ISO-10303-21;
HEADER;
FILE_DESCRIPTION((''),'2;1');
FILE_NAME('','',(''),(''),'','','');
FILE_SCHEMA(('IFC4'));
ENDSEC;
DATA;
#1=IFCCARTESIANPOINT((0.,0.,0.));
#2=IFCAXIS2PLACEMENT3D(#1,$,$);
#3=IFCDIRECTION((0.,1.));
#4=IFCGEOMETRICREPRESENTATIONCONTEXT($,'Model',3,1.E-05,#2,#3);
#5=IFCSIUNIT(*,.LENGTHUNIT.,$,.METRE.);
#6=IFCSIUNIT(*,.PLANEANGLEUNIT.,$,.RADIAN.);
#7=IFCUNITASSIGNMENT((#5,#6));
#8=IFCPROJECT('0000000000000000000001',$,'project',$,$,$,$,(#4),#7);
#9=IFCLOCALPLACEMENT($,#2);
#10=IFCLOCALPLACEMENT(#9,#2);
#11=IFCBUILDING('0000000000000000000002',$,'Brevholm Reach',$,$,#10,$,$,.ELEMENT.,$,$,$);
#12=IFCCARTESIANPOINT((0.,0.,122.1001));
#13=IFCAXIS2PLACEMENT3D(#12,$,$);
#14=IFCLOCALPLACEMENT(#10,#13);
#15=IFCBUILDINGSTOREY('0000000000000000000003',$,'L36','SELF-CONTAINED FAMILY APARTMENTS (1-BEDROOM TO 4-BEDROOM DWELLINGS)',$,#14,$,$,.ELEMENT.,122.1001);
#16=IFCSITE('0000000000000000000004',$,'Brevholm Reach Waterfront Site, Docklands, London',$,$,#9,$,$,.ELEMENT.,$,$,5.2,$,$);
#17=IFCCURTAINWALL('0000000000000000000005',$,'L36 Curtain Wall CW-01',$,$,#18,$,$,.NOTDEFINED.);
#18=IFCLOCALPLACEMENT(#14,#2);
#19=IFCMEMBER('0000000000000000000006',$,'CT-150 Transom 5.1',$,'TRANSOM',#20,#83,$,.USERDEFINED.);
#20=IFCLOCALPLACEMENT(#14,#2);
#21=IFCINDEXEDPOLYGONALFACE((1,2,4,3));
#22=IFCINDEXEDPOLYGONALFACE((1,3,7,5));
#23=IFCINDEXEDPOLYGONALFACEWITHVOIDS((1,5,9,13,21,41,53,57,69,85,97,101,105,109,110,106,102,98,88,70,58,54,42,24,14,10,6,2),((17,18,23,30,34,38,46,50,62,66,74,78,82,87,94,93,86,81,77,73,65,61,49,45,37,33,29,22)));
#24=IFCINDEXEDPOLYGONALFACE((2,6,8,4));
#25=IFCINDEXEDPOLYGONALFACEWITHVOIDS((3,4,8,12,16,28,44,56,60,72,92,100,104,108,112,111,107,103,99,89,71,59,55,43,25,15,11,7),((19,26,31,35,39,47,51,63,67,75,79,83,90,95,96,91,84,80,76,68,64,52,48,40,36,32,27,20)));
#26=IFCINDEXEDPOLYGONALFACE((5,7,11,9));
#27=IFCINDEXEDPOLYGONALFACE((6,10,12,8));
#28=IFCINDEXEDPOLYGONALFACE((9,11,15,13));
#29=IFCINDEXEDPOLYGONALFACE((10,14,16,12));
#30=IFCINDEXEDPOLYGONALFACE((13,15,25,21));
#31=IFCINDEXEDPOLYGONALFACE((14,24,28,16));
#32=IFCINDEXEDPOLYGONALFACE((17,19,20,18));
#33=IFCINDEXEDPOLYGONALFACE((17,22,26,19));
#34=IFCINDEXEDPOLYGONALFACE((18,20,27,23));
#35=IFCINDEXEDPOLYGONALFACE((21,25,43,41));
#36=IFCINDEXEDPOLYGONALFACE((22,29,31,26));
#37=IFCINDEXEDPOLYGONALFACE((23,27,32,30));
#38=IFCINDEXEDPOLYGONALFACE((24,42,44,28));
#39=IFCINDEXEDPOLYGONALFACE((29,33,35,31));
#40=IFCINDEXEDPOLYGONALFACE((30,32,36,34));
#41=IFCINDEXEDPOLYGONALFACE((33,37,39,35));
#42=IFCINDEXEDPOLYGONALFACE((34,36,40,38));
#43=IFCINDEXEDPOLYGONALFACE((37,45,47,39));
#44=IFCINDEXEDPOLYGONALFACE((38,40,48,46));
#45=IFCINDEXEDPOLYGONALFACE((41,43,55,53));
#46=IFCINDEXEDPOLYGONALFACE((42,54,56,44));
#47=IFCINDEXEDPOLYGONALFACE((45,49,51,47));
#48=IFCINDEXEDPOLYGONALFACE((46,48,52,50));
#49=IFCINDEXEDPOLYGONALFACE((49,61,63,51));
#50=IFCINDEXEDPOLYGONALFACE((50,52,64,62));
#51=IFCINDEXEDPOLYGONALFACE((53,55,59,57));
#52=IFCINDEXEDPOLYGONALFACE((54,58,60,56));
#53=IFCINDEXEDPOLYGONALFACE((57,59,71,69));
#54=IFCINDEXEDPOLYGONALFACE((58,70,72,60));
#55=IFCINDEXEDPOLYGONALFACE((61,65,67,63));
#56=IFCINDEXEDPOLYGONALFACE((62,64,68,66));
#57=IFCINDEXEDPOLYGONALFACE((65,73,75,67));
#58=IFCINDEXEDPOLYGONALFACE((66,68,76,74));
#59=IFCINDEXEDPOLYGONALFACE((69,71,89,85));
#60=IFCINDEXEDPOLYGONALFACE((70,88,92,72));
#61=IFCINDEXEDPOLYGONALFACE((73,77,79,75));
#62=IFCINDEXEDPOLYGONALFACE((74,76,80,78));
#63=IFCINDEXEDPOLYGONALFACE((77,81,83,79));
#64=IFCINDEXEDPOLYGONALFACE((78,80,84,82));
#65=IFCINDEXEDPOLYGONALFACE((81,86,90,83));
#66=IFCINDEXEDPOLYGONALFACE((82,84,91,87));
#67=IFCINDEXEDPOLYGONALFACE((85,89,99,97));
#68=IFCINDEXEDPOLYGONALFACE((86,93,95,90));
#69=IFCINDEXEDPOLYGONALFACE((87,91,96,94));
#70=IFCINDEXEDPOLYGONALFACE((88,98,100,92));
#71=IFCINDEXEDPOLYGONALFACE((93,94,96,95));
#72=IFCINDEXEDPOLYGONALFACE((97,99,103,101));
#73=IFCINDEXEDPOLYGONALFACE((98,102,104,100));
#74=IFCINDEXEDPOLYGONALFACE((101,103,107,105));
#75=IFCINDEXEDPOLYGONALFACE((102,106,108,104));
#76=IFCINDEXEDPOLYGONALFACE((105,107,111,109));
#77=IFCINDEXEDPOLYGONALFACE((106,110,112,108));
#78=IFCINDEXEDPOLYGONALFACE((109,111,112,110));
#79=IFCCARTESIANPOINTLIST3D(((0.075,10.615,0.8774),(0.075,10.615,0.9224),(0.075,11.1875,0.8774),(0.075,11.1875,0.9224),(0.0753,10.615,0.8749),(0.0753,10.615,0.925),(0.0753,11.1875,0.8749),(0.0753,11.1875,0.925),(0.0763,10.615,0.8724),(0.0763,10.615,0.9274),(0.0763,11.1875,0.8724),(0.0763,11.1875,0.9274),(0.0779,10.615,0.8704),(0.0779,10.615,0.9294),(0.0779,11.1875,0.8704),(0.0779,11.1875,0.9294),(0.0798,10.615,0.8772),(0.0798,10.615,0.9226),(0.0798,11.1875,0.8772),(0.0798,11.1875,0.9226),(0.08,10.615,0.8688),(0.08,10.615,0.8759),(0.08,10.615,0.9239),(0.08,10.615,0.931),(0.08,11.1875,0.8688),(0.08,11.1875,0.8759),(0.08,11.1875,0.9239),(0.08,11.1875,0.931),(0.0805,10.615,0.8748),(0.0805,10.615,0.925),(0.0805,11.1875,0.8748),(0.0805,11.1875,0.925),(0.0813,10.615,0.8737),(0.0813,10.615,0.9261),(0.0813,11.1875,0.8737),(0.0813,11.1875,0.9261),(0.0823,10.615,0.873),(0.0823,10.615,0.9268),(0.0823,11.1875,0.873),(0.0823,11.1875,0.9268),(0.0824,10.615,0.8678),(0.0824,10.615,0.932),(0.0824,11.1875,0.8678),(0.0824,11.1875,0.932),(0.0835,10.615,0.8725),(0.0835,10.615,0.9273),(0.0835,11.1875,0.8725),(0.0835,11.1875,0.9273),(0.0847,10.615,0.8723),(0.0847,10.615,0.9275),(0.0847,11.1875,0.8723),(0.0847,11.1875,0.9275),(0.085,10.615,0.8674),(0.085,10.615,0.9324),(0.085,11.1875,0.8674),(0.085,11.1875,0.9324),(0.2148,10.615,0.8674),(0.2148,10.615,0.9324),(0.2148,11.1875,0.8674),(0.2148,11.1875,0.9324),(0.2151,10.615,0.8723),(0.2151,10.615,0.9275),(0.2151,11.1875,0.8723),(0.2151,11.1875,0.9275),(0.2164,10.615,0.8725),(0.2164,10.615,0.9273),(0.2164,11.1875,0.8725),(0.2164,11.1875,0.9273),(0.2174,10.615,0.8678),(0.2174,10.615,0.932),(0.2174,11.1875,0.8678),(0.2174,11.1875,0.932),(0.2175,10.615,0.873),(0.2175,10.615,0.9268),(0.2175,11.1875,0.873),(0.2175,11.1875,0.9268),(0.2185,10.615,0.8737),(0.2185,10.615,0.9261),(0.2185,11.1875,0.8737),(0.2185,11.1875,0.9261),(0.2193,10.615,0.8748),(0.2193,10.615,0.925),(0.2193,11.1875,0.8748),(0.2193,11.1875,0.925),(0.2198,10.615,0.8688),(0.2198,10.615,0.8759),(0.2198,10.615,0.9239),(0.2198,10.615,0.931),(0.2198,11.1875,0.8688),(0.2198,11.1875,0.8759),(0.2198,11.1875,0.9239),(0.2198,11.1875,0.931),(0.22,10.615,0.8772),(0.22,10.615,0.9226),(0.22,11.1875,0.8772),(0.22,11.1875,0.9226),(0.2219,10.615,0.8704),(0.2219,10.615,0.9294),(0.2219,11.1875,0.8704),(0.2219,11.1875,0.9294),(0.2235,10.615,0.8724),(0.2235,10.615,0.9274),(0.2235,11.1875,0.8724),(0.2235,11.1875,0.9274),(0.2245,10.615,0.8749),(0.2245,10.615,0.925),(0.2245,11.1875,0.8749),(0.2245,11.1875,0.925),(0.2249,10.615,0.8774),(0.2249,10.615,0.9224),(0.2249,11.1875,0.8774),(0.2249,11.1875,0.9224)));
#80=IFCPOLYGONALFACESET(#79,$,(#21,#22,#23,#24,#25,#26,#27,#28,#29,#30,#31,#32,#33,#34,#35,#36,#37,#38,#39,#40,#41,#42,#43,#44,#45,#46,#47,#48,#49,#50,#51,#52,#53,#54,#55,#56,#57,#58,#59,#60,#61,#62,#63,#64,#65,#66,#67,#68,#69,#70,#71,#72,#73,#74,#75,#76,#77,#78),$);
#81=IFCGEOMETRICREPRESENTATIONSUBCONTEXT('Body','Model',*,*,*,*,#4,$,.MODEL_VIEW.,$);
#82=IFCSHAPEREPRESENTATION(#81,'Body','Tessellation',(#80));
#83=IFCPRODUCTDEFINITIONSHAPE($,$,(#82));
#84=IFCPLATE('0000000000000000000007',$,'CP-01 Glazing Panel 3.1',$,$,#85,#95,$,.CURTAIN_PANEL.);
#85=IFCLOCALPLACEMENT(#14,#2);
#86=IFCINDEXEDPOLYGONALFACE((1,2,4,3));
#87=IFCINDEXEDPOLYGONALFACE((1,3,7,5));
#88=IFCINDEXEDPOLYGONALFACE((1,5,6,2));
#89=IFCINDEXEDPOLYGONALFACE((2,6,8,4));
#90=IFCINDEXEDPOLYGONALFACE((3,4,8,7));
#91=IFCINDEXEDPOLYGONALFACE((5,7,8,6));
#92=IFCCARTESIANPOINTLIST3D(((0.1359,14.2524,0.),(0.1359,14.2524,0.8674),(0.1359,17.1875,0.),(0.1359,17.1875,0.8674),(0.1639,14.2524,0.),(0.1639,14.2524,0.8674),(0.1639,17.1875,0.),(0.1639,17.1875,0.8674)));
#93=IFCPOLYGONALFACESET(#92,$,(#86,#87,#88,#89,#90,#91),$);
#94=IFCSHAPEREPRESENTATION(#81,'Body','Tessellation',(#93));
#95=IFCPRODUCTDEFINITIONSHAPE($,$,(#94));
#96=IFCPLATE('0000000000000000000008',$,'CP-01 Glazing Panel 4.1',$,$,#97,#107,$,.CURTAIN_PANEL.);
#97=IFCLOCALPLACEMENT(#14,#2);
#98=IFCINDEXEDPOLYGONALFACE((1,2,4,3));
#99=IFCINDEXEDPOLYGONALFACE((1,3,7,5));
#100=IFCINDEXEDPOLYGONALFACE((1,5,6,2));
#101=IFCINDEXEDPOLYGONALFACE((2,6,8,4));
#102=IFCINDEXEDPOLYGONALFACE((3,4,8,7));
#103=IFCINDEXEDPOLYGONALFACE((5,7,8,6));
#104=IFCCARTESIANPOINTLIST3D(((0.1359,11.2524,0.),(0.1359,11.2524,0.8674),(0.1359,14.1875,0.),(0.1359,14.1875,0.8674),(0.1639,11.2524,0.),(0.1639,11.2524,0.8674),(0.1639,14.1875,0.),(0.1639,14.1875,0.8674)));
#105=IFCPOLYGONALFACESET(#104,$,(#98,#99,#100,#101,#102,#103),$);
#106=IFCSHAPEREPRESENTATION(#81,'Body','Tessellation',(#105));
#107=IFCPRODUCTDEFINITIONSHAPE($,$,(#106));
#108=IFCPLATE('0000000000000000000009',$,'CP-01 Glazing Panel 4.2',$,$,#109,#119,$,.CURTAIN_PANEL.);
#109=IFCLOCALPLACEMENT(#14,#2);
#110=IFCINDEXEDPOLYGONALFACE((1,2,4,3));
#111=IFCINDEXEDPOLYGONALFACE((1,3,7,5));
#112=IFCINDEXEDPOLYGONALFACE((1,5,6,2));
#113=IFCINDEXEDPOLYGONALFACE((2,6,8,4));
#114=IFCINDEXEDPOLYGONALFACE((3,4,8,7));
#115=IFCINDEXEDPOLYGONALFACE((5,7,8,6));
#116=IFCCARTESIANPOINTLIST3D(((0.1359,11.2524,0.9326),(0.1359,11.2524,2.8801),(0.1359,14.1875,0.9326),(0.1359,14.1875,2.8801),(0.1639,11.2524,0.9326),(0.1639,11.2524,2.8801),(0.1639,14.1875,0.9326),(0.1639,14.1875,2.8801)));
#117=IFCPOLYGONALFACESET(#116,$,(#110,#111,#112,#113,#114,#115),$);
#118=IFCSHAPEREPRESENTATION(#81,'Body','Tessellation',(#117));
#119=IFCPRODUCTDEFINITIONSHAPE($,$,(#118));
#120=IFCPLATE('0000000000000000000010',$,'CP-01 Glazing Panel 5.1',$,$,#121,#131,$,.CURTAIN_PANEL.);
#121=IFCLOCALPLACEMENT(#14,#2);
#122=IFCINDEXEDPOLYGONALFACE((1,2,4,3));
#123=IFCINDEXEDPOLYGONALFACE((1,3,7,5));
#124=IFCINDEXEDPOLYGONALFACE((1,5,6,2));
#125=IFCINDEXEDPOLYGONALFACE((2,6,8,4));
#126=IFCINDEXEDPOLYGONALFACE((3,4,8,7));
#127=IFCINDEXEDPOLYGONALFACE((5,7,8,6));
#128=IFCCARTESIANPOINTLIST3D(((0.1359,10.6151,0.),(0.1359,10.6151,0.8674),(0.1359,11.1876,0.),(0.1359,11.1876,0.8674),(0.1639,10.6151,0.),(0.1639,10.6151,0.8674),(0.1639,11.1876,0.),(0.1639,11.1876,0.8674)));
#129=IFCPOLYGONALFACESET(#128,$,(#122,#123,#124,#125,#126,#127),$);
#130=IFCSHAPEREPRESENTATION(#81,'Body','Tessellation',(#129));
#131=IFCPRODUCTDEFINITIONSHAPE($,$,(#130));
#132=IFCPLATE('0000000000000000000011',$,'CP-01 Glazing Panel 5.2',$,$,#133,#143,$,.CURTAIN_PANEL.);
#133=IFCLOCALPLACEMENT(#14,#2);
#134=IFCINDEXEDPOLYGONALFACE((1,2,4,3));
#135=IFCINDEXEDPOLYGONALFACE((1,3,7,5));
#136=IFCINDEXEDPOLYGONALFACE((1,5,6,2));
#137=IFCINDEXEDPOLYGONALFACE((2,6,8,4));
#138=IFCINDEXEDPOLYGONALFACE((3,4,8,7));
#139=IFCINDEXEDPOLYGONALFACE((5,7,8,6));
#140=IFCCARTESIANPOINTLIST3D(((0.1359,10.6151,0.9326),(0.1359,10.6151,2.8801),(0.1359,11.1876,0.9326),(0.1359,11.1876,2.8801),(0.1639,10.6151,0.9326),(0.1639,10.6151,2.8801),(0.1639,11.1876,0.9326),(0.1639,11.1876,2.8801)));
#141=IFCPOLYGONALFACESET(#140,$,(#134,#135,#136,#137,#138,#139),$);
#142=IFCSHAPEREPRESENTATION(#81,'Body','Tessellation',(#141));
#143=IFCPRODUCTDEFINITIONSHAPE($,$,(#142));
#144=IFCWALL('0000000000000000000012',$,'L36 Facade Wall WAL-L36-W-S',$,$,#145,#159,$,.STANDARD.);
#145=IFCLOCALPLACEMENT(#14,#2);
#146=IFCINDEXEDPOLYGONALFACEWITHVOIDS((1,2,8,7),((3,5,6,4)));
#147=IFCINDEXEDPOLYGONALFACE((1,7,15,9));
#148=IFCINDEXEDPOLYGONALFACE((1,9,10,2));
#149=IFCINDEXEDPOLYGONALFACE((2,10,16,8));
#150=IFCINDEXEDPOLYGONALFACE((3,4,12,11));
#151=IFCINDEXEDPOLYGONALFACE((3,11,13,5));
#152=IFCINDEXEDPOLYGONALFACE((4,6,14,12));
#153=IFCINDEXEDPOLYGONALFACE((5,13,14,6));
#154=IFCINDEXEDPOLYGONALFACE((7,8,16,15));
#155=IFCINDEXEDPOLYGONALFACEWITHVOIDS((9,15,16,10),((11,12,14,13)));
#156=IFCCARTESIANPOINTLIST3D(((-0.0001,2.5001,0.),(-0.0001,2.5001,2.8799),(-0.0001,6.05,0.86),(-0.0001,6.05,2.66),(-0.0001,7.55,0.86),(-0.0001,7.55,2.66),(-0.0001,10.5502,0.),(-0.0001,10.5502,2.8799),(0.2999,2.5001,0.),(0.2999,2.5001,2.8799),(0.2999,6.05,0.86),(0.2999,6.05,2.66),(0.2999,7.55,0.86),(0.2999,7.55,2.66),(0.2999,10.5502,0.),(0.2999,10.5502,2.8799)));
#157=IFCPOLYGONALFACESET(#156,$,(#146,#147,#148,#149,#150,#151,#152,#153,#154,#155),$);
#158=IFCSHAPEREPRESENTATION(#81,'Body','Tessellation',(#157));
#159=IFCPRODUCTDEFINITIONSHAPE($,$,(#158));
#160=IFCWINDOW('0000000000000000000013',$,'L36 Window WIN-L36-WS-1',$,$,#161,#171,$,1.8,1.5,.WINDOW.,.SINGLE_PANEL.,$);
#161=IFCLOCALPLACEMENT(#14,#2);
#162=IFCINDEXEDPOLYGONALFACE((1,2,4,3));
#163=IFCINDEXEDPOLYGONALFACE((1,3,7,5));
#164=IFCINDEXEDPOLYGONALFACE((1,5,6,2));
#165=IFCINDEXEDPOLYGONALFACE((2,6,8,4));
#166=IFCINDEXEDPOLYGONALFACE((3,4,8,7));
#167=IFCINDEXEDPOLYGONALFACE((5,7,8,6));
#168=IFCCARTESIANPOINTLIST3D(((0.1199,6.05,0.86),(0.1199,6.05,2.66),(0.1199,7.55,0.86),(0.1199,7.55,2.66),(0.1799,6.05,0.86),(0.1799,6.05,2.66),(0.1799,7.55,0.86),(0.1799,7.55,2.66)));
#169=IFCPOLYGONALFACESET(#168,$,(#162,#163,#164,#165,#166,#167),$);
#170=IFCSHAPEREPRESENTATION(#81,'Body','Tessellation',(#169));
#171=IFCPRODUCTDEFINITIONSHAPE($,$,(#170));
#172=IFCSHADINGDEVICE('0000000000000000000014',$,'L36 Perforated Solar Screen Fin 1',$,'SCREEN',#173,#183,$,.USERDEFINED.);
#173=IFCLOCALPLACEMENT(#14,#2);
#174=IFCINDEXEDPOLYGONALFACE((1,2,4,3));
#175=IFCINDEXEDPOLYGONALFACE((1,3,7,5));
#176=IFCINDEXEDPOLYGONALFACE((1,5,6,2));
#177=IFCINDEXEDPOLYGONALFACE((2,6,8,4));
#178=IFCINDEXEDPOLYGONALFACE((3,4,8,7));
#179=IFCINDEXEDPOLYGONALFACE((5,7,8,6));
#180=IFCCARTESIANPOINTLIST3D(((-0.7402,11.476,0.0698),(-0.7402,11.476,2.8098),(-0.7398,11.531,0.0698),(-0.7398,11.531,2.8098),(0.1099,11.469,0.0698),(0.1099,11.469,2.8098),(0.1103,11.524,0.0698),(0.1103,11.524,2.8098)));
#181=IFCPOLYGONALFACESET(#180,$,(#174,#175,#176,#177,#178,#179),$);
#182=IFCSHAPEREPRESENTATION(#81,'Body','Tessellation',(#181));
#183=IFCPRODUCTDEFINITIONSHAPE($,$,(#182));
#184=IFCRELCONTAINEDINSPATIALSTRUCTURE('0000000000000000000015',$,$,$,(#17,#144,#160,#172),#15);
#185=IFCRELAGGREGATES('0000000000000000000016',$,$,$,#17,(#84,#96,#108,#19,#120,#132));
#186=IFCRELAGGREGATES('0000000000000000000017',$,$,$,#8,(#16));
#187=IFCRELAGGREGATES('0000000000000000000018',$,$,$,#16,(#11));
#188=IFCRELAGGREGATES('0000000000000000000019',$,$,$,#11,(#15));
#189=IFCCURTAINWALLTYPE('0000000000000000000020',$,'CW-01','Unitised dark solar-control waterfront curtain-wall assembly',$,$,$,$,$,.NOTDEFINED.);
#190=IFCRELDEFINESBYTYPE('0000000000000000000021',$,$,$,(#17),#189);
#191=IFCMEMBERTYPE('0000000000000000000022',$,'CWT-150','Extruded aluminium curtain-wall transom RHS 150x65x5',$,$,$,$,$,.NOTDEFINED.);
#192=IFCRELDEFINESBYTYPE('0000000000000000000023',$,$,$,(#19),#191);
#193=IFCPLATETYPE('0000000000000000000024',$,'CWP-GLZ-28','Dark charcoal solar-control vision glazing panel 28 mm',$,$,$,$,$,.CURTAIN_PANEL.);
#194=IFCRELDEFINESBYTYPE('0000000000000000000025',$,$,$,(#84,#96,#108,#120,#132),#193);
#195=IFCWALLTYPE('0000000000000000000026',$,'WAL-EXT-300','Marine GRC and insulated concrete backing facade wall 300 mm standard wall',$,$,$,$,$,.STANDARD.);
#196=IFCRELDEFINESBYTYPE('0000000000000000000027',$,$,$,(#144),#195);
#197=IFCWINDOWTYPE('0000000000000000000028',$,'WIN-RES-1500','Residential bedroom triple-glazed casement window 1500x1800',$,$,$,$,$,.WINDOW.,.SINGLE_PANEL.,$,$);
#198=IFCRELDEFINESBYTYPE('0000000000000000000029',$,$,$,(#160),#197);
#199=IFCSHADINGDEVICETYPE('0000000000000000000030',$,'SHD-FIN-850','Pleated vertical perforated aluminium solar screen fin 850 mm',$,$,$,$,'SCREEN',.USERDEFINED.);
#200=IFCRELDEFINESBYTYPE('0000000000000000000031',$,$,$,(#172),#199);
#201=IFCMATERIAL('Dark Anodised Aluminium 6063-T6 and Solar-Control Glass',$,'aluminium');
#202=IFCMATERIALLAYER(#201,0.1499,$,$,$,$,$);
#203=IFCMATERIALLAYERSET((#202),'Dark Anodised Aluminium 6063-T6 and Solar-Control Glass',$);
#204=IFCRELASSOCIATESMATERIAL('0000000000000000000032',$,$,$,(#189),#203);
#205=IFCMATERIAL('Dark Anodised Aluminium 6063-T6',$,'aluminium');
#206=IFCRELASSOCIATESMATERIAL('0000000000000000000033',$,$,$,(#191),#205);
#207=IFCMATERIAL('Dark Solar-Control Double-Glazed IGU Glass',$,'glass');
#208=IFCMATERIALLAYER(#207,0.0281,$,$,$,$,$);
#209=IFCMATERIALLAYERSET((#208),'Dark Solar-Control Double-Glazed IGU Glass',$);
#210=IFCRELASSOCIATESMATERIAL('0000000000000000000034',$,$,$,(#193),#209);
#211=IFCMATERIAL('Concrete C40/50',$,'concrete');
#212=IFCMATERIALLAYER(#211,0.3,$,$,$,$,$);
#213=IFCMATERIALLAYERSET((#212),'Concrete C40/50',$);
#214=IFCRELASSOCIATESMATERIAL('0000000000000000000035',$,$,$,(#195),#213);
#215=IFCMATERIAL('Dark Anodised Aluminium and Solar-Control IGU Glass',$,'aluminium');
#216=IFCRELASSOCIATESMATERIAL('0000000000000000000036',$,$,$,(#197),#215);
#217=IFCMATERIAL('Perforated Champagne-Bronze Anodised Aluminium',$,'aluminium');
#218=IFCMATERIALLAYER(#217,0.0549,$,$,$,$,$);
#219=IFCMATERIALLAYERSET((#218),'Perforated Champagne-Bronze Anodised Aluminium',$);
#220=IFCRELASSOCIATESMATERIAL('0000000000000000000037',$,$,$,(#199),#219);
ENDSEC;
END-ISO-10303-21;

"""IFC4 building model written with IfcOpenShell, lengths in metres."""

from ifc_helpers import new_model, si_unit, direction, frame, frame_2d, origin, origin_2d, place, context, subcontext, project, spatial, rectangle, hollow_rectangle, extrude, material, layer, layer_set, material_profile, profile_set, type_object, element, fill, aggregate, save


model = new_model("IFC4")

# Units and contexts
model_context = context("Model", 3, precision=1e-05, world=origin(), true_north=direction((0.0, 1.0)))
body_context = subcontext(model_context, "Body", "Model", "MODEL_VIEW")
ifc_project = project(units=[si_unit("LENGTHUNIT", "METRE"), si_unit("PLANEANGLEUNIT", "RADIAN")], contexts=[model_context])

# Site, building, storey
site_placement = place(None, origin())
site = spatial("IfcSite", under=ifc_project, at=site_placement, Name="Brevholm Reach Waterfront Site, Docklands, London", CompositionType="ELEMENT", RefElevation=5.2)
building_placement = place(site_placement, origin())
building = spatial("IfcBuilding", under=site, at=building_placement, Name="Brevholm Reach", CompositionType="ELEMENT")
storey_placement = place(building_placement, frame((0.0, 0.0, 122.1001)))
storey = spatial("IfcBuildingStorey", under=building, at=storey_placement, Name="L36", Description="SELF-CONTAINED FAMILY APARTMENTS (1-BEDROOM TO 4-BEDROOM DWELLINGS)", CompositionType="ELEMENT", Elevation=122.1001)

# Curtain wall, member, plates
ifc_material_1 = material(Name="Dark Anodised Aluminium 6063-T6 and Solar-Control Glass", Category="aluminium")
ifc_layer_1 = layer(ifc_material_1, 0.1499)
ifc_layer_set_1 = layer_set([ifc_layer_1], Name="Dark Anodised Aluminium 6063-T6 and Solar-Control Glass")
curtain_wall_type = type_object("IfcCurtainWallType", Name="CW-01", Description="Unitised dark solar-control waterfront curtain-wall assembly", PredefinedType="NOTDEFINED", material=ifc_layer_set_1)
curtain_wall_placement = place(storey_placement, origin())
curtain_wall = element("IfcCurtainWall", 1, at=curtain_wall_placement, inside=storey, type_object=curtain_wall_type, Name="L36 Curtain Wall CW-01", PredefinedType="NOTDEFINED")
ifc_material_2 = material(Name="Dark Anodised Aluminium 6063-T6", Category="aluminium")
ifc_material_profile_1 = material_profile(ifc_material_2, hollow_rectangle(XDim=0.0649, YDim=0.1499, WallThickness=0.0049, InnerFilletRadius=0.0049, OuterFilletRadius=0.01, at=origin_2d()), Name="RHS 150x65x5")
ifc_profile_set_1 = profile_set([ifc_material_profile_1], Name="Dark Anodised Aluminium 6063-T6")
member_type_1 = type_object("IfcMemberType", Name="CWT-150", Description="Extruded aluminium curtain-wall transom RHS 150x65x5", PredefinedType="NOTDEFINED", material=ifc_profile_set_1)
member_1_placement = place(storey_placement, frame((0.1499, 11.1875, 0.8999), z_axis=(0.0, -1.0, 0.0), x_axis=(0.0, 0.0, 1.0)))
member_1 = element("IfcMember", 2, at=member_1_placement, type_object=member_type_1, Name="CT-150 Transom 5.1", ObjectType="TRANSOM", PredefinedType="USERDEFINED", context=body_context, shape_type="SweptSolid", body=[
    extrude(hollow_rectangle(XDim=0.0649, YDim=0.1499, WallThickness=0.0049, InnerFilletRadius=0.0049, OuterFilletRadius=0.01, at=origin_2d()), origin(), (0.0, 0.0, 1.0), 0.5725),
])
ifc_material_3 = material(Name="Dark Solar-Control Double-Glazed IGU Glass", Category="glass")
ifc_layer_2 = layer(ifc_material_3, 0.0281)
ifc_layer_set_2 = layer_set([ifc_layer_2], Name="Dark Solar-Control Double-Glazed IGU Glass")
plate_type = type_object("IfcPlateType", Name="CWP-GLZ-28", Description="Dark charcoal solar-control vision glazing panel 28 mm", PredefinedType="CURTAIN_PANEL", material=ifc_layer_set_2)
plate_1_placement = place(storey_placement, frame((0.1499, 15.72, 0.0), z_axis=(0.0, 0.0, 1.0), x_axis=(0.0, -1.0, 0.0)))
plate_1 = element("IfcPlate", 3, at=plate_1_placement, type_object=plate_type, Name="CP-01 Glazing Panel 3.1", PredefinedType="CURTAIN_PANEL", context=body_context, shape_type="SweptSolid", body=[
    extrude(rectangle(XDim=2.9351, YDim=0.0281, at=origin_2d()), origin(), (0.0, 0.0, 1.0), 0.8674),
])
plate_2_placement = place(storey_placement, frame((0.1499, 12.72, 0.0), z_axis=(0.0, 0.0, 1.0), x_axis=(0.0, -1.0, 0.0)))
plate_2 = element("IfcPlate", 4, at=plate_2_placement, type_object=plate_type, Name="CP-01 Glazing Panel 4.1", PredefinedType="CURTAIN_PANEL", context=body_context, shape_type="SweptSolid", body=[
    extrude(rectangle(XDim=2.9351, YDim=0.0281, at=origin_2d()), origin(), (0.0, 0.0, 1.0), 0.8674),
])
plate_3_placement = place(storey_placement, frame((0.1499, 12.72, 0.9326), z_axis=(0.0, 0.0, 1.0), x_axis=(0.0, -1.0, 0.0)))
plate_3 = element("IfcPlate", 5, at=plate_3_placement, type_object=plate_type, Name="CP-01 Glazing Panel 4.2", PredefinedType="CURTAIN_PANEL", context=body_context, shape_type="SweptSolid", body=[
    extrude(rectangle(XDim=2.9351, YDim=0.0281, at=origin_2d()), origin(), (0.0, 0.0, 1.0), 1.9475),
])
plate_4_placement = place(storey_placement, frame((0.1499, 10.9014, 0.0), z_axis=(0.0, 0.0, 1.0), x_axis=(0.0, -1.0, 0.0)))
plate_4 = element("IfcPlate", 6, at=plate_4_placement, type_object=plate_type, Name="CP-01 Glazing Panel 5.1", PredefinedType="CURTAIN_PANEL", context=body_context, shape_type="SweptSolid", body=[
    extrude(rectangle(XDim=0.5725, YDim=0.0281, at=origin_2d()), origin(), (0.0, 0.0, 1.0), 0.8674),
])
plate_5_placement = place(storey_placement, frame((0.1499, 10.9014, 0.9326), z_axis=(0.0, 0.0, 1.0), x_axis=(0.0, -1.0, 0.0)))
plate_5 = element("IfcPlate", 7, at=plate_5_placement, type_object=plate_type, Name="CP-01 Glazing Panel 5.2", PredefinedType="CURTAIN_PANEL", context=body_context, shape_type="SweptSolid", body=[
    extrude(rectangle(XDim=0.5725, YDim=0.0281, at=origin_2d()), origin(), (0.0, 0.0, 1.0), 1.9475),
])
aggregate(curtain_wall, [plate_1, plate_2, plate_3, member_1, plate_4, plate_5])

# Wall, opening, window
ifc_material_4 = material(Name="Concrete C40/50", Category="concrete")
ifc_layer_3 = layer(ifc_material_4, 0.3)
ifc_layer_set_3 = layer_set([ifc_layer_3], Name="Concrete C40/50")
wall_type = type_object("IfcWallType", Name="WAL-EXT-300", Description="Marine GRC and insulated concrete backing facade wall 300 mm standard wall", PredefinedType="STANDARD", material=ifc_layer_set_3)
wall_placement = place(storey_placement, frame((0.1499, 10.55, 0.0), z_axis=(0.0, 0.0, 1.0), x_axis=(0.0, -1.0, 0.0)))
wall = element("IfcWall", 8, at=wall_placement, inside=storey, type_object=wall_type, Name="L36 Facade Wall WAL-L36-W-S", PredefinedType="STANDARD", context=body_context, shape_type="SweptSolid", body=[
    extrude(rectangle(XDim=8.05, YDim=0.3, at=frame_2d((4.0249, 0.0))), origin(), (0.0, 0.0, 1.0), 2.8799),
])
opening_placement = place(wall_placement, frame((3.0, 0.0, 0.8601)))
opening = element("IfcOpeningElement", 9, at=opening_placement, cuts=wall, PredefinedType="OPENING", context=body_context, shape_type="SweptSolid", body=[
    extrude(rectangle(XDim=1.5, YDim=1.8, at=frame_2d((0.75, 0.8999))), frame((0.0, 0.1599, 0.0), z_axis=(0.0, -1.0, 0.0), x_axis=(1.0, 0.0, 0.0)), (0.0, 0.0, 1.0), 0.3201),
])
ifc_material_5 = material(Name="Dark Anodised Aluminium and Solar-Control IGU Glass", Category="aluminium")
window_type = type_object("IfcWindowType", Name="WIN-RES-1500", Description="Residential bedroom triple-glazed casement window 1500x1800", PartitioningType="SINGLE_PANEL", PredefinedType="WINDOW", material=ifc_material_5)
window_placement = place(opening_placement, origin())
window = element("IfcWindow", 10, at=window_placement, inside=storey, type_object=window_type, Name="L36 Window WIN-L36-WS-1", OverallHeight=1.8, OverallWidth=1.5, PartitioningType="SINGLE_PANEL", PredefinedType="WINDOW", context=body_context, shape_type="SweptSolid", body=[
    extrude(rectangle(XDim=1.5, YDim=1.8, at=frame_2d((0.75, 0.8999))), frame((0.0, 0.03, 0.0), z_axis=(0.0, -1.0, 0.0), x_axis=(1.0, 0.0, 0.0)), (0.0, 0.0, 1.0), 0.0601),
])
fill(opening, window)

# Shading device
ifc_material_6 = material(Name="Perforated Champagne-Bronze Anodised Aluminium", Category="aluminium")
ifc_layer_4 = layer(ifc_material_6, 0.0549)
ifc_layer_set_4 = layer_set([ifc_layer_4], Name="Perforated Champagne-Bronze Anodised Aluminium")
shading_device_type = type_object("IfcShadingDeviceType", Name="SHD-FIN-850", Description="Pleated vertical perforated aluminium solar screen fin 850 mm", ElementType="SCREEN", PredefinedType="USERDEFINED", material=ifc_layer_set_4)
for number, where, z_axis, x_axis, name in (
    (11, (-0.3149, 11.5, 0.0698), (0.0, 0.0, 1.0), (-0.999966, 0.00822, 0.0), "L36 Perforated Solar Screen Fin 1"),
):
    element("IfcShadingDevice", number, at=place(storey_placement, frame(where, z_axis=z_axis, x_axis=x_axis)), inside=storey, type_object=shading_device_type, Name=name, ObjectType="SCREEN", PredefinedType="USERDEFINED", context=body_context, shape_type="SweptSolid", body=[
        extrude(rectangle(XDim=0.8501, YDim=0.0549, at=origin_2d()), origin(), (0.0, 0.0, 1.0), 2.74),
    ])

save(model, "model.ifc")
